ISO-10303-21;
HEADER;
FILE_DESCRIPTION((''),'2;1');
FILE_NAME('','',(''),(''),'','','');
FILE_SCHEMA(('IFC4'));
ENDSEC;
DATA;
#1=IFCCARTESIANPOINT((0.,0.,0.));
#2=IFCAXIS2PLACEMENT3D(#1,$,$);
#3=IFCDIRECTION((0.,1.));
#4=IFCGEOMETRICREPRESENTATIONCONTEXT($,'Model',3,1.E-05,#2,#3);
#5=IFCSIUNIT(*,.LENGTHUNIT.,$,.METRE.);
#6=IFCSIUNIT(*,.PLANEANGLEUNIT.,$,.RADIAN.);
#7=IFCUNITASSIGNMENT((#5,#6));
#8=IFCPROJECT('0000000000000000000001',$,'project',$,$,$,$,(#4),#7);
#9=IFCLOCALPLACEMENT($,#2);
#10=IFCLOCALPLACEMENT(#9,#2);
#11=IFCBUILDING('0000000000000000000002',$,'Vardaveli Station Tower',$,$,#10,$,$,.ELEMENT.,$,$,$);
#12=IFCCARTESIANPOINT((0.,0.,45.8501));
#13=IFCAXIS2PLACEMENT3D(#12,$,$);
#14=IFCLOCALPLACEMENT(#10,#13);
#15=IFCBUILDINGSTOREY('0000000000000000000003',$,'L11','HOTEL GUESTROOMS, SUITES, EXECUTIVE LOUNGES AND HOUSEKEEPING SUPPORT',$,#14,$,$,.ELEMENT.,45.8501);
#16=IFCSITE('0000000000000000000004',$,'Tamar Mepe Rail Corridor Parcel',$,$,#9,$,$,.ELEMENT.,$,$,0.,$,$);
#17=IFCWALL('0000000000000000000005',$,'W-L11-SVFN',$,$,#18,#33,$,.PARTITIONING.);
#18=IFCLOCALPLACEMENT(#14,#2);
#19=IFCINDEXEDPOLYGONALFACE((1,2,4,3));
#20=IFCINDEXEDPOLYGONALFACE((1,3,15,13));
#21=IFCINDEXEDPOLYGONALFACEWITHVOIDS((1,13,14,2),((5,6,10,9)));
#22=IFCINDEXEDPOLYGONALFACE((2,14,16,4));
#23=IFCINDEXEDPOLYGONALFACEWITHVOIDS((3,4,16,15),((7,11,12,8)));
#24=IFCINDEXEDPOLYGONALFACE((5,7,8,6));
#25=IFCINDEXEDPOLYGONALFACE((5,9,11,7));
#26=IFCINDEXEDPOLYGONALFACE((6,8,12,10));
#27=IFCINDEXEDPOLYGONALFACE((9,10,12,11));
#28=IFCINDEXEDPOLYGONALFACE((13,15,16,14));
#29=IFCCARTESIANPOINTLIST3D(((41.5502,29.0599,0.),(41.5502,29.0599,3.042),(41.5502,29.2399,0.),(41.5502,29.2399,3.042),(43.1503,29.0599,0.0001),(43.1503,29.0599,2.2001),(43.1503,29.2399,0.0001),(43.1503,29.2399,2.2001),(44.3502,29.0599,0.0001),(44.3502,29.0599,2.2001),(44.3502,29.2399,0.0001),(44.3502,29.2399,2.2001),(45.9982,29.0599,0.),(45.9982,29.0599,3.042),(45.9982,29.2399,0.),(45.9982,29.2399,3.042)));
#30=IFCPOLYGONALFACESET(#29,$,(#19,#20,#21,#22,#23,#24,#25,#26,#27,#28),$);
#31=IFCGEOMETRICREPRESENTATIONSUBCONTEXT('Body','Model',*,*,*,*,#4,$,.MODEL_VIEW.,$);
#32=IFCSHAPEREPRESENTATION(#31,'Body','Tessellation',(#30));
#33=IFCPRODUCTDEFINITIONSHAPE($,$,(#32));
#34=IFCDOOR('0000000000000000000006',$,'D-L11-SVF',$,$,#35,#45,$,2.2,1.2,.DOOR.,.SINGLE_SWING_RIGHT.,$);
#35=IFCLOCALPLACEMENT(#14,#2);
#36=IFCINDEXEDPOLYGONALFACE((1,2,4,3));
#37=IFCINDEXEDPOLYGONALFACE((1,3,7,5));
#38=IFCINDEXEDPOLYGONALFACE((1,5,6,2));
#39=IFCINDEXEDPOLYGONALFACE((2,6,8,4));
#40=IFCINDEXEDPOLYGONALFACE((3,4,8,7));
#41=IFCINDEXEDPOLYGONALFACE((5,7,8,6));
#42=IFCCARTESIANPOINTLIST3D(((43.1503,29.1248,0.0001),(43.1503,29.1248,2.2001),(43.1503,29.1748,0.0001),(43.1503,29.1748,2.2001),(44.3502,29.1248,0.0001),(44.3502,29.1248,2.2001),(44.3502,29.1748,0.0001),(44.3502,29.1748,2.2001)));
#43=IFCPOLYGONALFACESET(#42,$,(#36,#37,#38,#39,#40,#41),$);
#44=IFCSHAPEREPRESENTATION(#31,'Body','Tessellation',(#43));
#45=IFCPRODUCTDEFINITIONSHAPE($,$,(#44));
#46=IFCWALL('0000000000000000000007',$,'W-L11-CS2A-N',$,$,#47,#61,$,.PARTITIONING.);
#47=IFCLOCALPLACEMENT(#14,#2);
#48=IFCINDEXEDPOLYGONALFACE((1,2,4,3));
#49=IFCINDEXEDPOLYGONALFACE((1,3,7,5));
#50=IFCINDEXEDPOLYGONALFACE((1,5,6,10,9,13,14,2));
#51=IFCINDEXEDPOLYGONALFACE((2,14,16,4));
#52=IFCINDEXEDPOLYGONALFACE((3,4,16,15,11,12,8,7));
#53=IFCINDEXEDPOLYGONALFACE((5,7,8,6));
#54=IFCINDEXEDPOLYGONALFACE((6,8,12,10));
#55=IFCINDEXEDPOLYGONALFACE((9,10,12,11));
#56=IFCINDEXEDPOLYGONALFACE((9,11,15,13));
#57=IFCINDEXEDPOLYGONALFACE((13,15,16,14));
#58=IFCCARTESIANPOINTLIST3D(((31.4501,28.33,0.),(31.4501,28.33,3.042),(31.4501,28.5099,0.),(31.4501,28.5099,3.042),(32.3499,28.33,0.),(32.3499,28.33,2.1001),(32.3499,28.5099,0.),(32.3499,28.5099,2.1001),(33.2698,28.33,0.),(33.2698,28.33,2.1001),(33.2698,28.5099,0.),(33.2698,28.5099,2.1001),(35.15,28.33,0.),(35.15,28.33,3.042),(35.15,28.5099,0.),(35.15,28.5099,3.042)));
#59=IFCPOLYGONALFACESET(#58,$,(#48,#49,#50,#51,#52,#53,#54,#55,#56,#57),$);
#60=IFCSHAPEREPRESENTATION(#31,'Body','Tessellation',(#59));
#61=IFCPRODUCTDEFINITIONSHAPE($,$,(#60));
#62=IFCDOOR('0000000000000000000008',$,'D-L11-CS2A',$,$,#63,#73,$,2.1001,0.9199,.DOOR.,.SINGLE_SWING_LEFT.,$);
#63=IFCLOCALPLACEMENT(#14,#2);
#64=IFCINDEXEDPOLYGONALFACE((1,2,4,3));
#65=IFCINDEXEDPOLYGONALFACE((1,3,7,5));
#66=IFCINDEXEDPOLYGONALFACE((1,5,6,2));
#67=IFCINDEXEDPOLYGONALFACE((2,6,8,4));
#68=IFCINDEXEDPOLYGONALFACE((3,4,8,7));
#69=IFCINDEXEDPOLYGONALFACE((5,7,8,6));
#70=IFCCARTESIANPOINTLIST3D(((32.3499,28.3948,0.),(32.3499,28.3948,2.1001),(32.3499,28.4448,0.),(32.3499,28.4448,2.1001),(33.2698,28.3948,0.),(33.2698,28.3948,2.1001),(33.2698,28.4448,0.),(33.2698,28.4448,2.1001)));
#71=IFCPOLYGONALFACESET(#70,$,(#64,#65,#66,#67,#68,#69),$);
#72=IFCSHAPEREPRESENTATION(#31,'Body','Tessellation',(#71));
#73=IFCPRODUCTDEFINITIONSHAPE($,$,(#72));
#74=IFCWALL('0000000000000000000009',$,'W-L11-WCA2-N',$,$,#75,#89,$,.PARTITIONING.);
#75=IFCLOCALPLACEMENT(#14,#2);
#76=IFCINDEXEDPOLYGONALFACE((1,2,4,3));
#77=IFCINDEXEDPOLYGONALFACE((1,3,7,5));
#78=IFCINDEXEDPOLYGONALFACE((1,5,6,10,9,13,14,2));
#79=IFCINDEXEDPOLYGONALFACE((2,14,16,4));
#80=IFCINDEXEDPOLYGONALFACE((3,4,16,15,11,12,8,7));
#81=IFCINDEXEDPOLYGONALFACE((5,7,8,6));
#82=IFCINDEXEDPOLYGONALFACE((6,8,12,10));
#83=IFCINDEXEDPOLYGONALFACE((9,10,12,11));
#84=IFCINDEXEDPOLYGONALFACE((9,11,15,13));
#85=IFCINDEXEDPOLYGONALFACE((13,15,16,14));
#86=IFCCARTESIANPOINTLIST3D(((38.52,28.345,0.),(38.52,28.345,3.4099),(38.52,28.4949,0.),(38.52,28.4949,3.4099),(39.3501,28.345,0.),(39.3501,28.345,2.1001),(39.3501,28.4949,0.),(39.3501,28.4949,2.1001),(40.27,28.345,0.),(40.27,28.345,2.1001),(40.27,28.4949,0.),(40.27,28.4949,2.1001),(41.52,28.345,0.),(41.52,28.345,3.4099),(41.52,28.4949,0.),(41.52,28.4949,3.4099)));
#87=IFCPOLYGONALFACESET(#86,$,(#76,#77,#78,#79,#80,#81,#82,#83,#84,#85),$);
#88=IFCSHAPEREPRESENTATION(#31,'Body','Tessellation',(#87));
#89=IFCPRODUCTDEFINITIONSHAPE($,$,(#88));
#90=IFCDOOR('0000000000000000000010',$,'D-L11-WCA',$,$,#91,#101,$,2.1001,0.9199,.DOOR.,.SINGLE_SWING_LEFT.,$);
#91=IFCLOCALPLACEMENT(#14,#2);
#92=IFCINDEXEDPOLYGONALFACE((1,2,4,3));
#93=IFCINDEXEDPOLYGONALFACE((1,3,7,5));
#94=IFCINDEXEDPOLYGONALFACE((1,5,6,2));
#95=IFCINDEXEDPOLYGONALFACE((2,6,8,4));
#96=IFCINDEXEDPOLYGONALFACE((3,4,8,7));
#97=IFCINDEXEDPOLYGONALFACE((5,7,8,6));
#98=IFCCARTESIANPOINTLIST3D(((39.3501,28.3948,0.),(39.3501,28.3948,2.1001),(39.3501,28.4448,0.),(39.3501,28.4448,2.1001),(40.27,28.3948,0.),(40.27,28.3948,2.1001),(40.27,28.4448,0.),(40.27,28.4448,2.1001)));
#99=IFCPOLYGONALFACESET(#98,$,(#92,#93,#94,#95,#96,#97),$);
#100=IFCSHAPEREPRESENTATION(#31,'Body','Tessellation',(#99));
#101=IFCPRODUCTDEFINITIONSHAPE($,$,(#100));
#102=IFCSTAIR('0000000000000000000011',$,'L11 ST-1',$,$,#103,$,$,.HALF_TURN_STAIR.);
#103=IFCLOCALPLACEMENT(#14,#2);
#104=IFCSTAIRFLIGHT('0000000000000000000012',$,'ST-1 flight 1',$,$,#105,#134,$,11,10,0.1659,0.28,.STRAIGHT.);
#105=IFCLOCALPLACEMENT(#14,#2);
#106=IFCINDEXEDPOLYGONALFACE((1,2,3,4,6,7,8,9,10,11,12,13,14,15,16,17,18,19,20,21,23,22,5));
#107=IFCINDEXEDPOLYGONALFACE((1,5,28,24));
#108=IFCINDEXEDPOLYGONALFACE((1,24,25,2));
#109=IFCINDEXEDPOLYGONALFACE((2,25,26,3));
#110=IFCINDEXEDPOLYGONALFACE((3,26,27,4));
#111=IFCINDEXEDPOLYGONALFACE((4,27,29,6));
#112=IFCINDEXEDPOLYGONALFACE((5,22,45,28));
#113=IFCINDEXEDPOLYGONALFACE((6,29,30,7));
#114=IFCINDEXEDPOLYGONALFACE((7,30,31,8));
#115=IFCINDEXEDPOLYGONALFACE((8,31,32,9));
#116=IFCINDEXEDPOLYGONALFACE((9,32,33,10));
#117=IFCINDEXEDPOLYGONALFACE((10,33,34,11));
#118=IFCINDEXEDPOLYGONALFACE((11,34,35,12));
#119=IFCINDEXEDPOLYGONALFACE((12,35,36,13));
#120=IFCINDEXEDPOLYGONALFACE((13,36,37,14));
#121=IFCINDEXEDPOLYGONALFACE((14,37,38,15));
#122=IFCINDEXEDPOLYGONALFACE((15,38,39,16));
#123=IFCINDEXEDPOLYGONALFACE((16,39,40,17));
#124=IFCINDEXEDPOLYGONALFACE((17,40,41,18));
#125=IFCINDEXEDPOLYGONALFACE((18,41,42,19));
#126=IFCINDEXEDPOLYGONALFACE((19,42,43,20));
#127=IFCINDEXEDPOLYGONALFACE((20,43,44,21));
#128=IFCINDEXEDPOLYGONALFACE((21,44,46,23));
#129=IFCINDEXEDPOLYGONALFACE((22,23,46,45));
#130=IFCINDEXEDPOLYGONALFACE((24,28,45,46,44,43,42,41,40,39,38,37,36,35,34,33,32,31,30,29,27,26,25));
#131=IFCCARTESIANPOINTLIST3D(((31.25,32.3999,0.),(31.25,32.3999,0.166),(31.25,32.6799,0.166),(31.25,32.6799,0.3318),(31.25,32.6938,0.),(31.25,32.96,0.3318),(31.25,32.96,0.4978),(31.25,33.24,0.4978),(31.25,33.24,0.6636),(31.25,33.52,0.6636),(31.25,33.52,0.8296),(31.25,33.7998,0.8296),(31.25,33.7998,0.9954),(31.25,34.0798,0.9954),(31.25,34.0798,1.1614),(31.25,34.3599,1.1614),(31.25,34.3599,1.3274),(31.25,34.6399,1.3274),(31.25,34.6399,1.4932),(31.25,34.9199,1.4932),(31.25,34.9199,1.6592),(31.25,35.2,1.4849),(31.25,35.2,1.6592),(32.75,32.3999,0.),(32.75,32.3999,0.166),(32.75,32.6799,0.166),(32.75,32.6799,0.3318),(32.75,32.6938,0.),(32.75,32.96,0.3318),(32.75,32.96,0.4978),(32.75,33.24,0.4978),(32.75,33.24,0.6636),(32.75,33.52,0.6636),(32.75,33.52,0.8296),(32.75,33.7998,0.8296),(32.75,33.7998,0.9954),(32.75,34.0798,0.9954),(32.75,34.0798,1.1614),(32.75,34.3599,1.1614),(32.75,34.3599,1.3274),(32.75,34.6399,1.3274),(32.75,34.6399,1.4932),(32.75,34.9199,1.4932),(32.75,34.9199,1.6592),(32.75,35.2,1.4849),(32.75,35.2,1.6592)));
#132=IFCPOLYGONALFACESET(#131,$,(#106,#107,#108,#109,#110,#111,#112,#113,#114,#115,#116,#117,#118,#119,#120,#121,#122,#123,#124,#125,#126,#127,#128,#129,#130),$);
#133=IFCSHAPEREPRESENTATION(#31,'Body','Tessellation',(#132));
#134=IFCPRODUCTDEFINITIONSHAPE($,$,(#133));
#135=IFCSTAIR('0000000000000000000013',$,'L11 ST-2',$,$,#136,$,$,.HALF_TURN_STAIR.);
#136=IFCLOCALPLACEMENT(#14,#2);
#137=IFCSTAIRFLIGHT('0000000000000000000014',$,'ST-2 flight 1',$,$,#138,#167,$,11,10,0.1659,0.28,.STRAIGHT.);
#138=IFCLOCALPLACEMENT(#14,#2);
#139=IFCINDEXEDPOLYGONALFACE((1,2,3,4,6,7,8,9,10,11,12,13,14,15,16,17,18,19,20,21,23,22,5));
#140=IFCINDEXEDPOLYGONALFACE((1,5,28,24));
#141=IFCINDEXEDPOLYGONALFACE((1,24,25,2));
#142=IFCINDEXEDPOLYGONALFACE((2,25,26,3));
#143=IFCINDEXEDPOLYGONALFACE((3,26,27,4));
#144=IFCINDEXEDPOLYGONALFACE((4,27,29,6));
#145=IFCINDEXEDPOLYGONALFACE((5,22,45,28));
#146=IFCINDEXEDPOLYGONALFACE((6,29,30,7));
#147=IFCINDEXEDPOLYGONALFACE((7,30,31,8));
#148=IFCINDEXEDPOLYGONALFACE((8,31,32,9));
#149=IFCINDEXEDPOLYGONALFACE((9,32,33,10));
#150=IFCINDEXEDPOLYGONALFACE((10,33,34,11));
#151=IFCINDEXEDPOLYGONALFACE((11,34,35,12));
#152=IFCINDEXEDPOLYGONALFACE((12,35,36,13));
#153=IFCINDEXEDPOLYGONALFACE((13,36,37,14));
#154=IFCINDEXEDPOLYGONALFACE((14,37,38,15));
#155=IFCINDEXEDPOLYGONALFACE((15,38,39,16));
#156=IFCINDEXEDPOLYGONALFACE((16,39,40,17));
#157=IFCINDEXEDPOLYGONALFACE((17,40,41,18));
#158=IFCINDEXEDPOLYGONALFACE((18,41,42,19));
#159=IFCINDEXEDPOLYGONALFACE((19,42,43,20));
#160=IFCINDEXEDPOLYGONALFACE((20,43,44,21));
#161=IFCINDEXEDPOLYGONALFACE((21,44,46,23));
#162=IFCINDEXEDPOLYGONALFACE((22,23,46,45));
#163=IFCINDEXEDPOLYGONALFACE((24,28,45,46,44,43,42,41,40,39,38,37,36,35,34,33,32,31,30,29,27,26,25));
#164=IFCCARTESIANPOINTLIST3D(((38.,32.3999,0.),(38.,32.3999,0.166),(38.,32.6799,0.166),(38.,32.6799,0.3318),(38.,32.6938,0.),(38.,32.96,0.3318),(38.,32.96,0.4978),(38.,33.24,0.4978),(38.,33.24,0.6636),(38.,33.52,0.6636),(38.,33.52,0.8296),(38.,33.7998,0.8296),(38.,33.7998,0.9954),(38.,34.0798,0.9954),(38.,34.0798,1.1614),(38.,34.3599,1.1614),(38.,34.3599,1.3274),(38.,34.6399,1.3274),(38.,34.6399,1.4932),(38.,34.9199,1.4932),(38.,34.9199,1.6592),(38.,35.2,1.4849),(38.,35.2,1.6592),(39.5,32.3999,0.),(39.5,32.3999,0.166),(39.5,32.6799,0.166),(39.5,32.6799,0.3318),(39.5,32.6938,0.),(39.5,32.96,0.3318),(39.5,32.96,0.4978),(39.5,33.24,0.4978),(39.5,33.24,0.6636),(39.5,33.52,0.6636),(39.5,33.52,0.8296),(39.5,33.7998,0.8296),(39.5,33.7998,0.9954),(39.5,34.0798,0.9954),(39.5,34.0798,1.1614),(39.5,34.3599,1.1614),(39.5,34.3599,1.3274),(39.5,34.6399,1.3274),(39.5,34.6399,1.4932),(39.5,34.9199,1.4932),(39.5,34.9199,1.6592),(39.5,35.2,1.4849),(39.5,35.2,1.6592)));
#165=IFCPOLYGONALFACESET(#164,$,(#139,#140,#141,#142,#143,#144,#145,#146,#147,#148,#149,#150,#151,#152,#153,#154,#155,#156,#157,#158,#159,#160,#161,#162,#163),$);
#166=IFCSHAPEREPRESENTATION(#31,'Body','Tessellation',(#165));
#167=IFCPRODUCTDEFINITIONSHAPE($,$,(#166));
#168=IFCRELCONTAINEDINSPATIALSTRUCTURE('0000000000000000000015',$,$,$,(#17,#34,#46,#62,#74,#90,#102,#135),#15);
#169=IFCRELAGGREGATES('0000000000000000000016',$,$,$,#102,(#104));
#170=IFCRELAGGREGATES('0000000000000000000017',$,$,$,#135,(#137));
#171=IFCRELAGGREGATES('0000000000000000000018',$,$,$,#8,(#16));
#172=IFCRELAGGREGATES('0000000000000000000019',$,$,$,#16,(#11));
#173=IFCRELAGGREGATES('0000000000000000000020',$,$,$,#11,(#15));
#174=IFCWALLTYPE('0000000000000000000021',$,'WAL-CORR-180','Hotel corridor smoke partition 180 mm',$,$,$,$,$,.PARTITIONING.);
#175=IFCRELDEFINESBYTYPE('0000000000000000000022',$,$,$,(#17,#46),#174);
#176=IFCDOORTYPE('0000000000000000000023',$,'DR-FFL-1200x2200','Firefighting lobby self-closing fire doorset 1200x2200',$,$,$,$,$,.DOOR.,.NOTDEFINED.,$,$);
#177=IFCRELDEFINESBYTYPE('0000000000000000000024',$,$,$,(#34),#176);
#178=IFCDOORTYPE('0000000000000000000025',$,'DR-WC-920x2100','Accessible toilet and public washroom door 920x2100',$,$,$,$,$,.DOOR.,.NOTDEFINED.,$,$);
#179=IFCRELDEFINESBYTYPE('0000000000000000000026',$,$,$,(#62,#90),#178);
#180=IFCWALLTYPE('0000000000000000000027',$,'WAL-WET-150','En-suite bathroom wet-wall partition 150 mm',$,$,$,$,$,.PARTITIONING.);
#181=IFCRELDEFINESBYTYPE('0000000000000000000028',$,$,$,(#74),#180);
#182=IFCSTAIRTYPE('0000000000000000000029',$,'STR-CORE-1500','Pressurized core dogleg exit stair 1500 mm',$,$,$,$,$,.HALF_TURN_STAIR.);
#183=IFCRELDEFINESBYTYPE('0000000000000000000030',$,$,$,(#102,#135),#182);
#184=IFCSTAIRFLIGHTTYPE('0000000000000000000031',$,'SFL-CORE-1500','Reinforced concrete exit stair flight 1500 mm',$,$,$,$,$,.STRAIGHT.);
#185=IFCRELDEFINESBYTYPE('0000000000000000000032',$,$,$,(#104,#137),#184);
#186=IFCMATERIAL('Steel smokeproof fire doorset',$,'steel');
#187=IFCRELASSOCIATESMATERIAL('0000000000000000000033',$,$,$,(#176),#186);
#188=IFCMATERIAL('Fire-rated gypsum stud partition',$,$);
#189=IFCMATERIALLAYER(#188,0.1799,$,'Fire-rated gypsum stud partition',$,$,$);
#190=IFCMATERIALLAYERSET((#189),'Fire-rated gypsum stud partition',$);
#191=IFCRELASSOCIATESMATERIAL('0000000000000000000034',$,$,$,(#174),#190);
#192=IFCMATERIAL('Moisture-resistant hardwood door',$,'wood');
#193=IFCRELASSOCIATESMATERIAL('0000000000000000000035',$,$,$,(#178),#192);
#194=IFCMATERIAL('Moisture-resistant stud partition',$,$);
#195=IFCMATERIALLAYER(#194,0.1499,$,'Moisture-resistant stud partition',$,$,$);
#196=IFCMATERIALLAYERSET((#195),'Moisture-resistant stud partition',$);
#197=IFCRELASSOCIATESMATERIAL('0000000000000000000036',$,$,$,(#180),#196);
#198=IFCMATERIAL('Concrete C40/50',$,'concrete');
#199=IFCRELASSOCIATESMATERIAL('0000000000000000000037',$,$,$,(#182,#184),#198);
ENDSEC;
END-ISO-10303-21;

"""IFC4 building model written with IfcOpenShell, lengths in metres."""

from ifc_helpers import new_model, si_unit, direction, frame, frame_2d, origin, place, context, subcontext, project, spatial, polyline, rectangle, outline, extrude, source, transform, mapped, material, layer, layer_set, type_object, element, fill, aggregate, save


model = new_model("IFC4")

# Units and contexts
model_context = context("Model", 3, precision=1e-05, world=origin(), true_north=direction((0.0, 1.0)))
body_context = subcontext(model_context, "Body", "Model", "MODEL_VIEW")
ifc_project = project(units=[si_unit("LENGTHUNIT", "METRE"), si_unit("PLANEANGLEUNIT", "RADIAN")], contexts=[model_context])

# Site, building, storey
site_placement = place(None, origin())
site = spatial("IfcSite", under=ifc_project, at=site_placement, Name="Tamar Mepe Rail Corridor Parcel", CompositionType="ELEMENT", RefElevation=0.0)
building_placement = place(site_placement, origin())
building = spatial("IfcBuilding", under=site, at=building_placement, Name="Vardaveli Station Tower", CompositionType="ELEMENT")
storey_placement = place(building_placement, frame((0.0, 0.0, 45.8501)))
storey = spatial("IfcBuildingStorey", under=building, at=storey_placement, Name="L11", Description="HOTEL GUESTROOMS, SUITES, EXECUTIVE LOUNGES AND HOUSEKEEPING SUPPORT", CompositionType="ELEMENT", Elevation=45.8501)

# Shared definitions
ifc_material_1 = material(Name="Concrete C40/50", Category="concrete")

# Walls, openings, doors
ifc_material_2 = material(Name="Steel smokeproof fire doorset", Category="steel")
door_type_1 = type_object("IfcDoorType", Name="DR-FFL-1200x2200", Description="Firefighting lobby self-closing fire doorset 1200x2200", OperationType="NOTDEFINED", PredefinedType="DOOR", material=ifc_material_2)
shared_shape_1 = source(origin(), body_context, "Body", "SweptSolid", [
    extrude(rectangle(XDim=1.2, YDim=2.2, at=frame_2d((0.6001, 1.1001))), frame((0.0, 0.0249, 0.0), z_axis=(0.0, -1.0, 0.0), x_axis=(1.0, 0.0, 0.0)), (0.0, 0.0, 1.0), 0.05),
])
ifc_material_3 = material(Name="Fire-rated gypsum stud partition")
ifc_layer_1 = layer(ifc_material_3, 0.1799, Name="Fire-rated gypsum stud partition")
ifc_layer_set_1 = layer_set([ifc_layer_1], Name="Fire-rated gypsum stud partition")
wall_type_1 = type_object("IfcWallType", Name="WAL-CORR-180", Description="Hotel corridor smoke partition 180 mm", PredefinedType="PARTITIONING", material=ifc_layer_set_1)
shared_shape_2 = source(origin(), body_context, "Body", "SweptSolid", [
    extrude(rectangle(XDim=4.448, YDim=0.1799, at=frame_2d((2.2241, 0.0))), origin(), (0.0, 0.0, 1.0), 3.042),
])
wall_1_placement = place(storey_placement, frame((41.55, 29.1499, 0.0), z_axis=(0.0, 0.0, 1.0), x_axis=(1.0, 0.0, 0.0)))
wall_1 = element("IfcWall", 1, at=wall_1_placement, inside=storey, type_object=wall_type_1, Name="W-L11-SVFN", PredefinedType="PARTITIONING", context=body_context, shape_type="MappedRepresentation", body=[
    mapped(shared_shape_2, transform((0.0, 0.0, 0.0), scale=1.0)),
])
shared_shape_3 = source(origin(), body_context, "Body", "SweptSolid", [
    extrude(rectangle(XDim=1.2, YDim=2.2, at=frame_2d((0.6001, 1.1001))), frame((0.0, 0.1001, 0.0), z_axis=(0.0, -1.0, 0.0), x_axis=(1.0, 0.0, 0.0)), (0.0, 0.0, 1.0), 0.2),
])
opening_1_placement = place(wall_1_placement, frame((1.6001, 0.0, 0.0)))
opening_1 = element("IfcOpeningElement", 2, at=opening_1_placement, cuts=wall_1, PredefinedType="OPENING", context=body_context, shape_type="MappedRepresentation", body=[
    mapped(shared_shape_3, transform((0.0, 0.0, 0.0), scale=1.0)),
])
door_1_placement = place(opening_1_placement, origin())
door_1 = element("IfcDoor", 3, at=door_1_placement, inside=storey, type_object=door_type_1, Name="D-L11-SVF", OperationType="SINGLE_SWING_RIGHT", OverallHeight=2.2, OverallWidth=1.2, PredefinedType="DOOR", context=body_context, shape_type="MappedRepresentation", body=[
    mapped(shared_shape_1, transform((0.0, 0.0, 0.0), scale=1.0)),
])
fill(opening_1, door_1)
shared_shape_4 = source(origin(), body_context, "Body", "SweptSolid", [
    extrude(rectangle(XDim=3.7, YDim=0.1799, at=frame_2d((1.8501, 0.0))), origin(), (0.0, 0.0, 1.0), 3.042),
])
wall_2_placement = place(storey_placement, frame((31.45, 28.4199, 0.0), z_axis=(0.0, 0.0, 1.0), x_axis=(1.0, 0.0, 0.0)))
wall_2 = element("IfcWall", 4, at=wall_2_placement, inside=storey, type_object=wall_type_1, Name="W-L11-CS2A-N", PredefinedType="PARTITIONING", context=body_context, shape_type="MappedRepresentation", body=[
    mapped(shared_shape_4, transform((0.0, 0.0, 0.0), scale=1.0)),
])
shared_shape_5 = source(origin(), body_context, "Body", "SweptSolid", [
    extrude(rectangle(XDim=0.9199, YDim=2.1001, at=frame_2d((0.46, 1.05))), frame((0.0, 0.1001, 0.0), z_axis=(0.0, -1.0, 0.0), x_axis=(1.0, 0.0, 0.0)), (0.0, 0.0, 1.0), 0.2),
])
opening_2_placement = place(wall_2_placement, frame((0.8999, 0.0, 0.0)))
opening_2 = element("IfcOpeningElement", 5, at=opening_2_placement, cuts=wall_2, PredefinedType="OPENING", context=body_context, shape_type="MappedRepresentation", body=[
    mapped(shared_shape_5, transform((0.0, 0.0, 0.0), scale=1.0)),
])
ifc_material_4 = material(Name="Moisture-resistant hardwood door", Category="wood")
door_type_2 = type_object("IfcDoorType", Name="DR-WC-920x2100", Description="Accessible toilet and public washroom door 920x2100", OperationType="NOTDEFINED", PredefinedType="DOOR", material=ifc_material_4)
shared_shape_6 = source(origin(), body_context, "Body", "SweptSolid", [
    extrude(rectangle(XDim=0.9199, YDim=2.1001, at=frame_2d((0.46, 1.05))), frame((0.0, 0.0249, 0.0), z_axis=(0.0, -1.0, 0.0), x_axis=(1.0, 0.0, 0.0)), (0.0, 0.0, 1.0), 0.05),
])
door_2_placement = place(opening_2_placement, origin())
door_2 = element("IfcDoor", 6, at=door_2_placement, inside=storey, type_object=door_type_2, Name="D-L11-CS2A", OperationType="SINGLE_SWING_LEFT", OverallHeight=2.1001, OverallWidth=0.9199, PredefinedType="DOOR", context=body_context, shape_type="MappedRepresentation", body=[
    mapped(shared_shape_6, transform((0.0, 0.0, 0.0), scale=1.0)),
])
fill(opening_2, door_2)
ifc_material_5 = material(Name="Moisture-resistant stud partition")
ifc_layer_2 = layer(ifc_material_5, 0.1499, Name="Moisture-resistant stud partition")
ifc_layer_set_2 = layer_set([ifc_layer_2], Name="Moisture-resistant stud partition")
wall_type_2 = type_object("IfcWallType", Name="WAL-WET-150", Description="En-suite bathroom wet-wall partition 150 mm", PredefinedType="PARTITIONING", material=ifc_layer_set_2)
shared_shape_7 = source(origin(), body_context, "Body", "SweptSolid", [
    extrude(rectangle(XDim=3.0, YDim=0.1499, at=frame_2d((1.5, 0.0))), origin(), (0.0, 0.0, 1.0), 3.4099),
])
wall_3_placement = place(storey_placement, frame((38.52, 28.4199, 0.0), z_axis=(0.0, 0.0, 1.0), x_axis=(1.0, 0.0, 0.0)))
wall_3 = element("IfcWall", 7, at=wall_3_placement, inside=storey, type_object=wall_type_2, Name="W-L11-WCA2-N", PredefinedType="PARTITIONING", context=body_context, shape_type="MappedRepresentation", body=[
    mapped(shared_shape_7, transform((0.0, 0.0, 0.0), scale=1.0)),
])
shared_shape_8 = source(origin(), body_context, "Body", "SweptSolid", [
    extrude(rectangle(XDim=0.9199, YDim=2.1001, at=frame_2d((0.46, 1.05))), frame((0.0, 0.085, 0.0), z_axis=(0.0, -1.0, 0.0), x_axis=(1.0, 0.0, 0.0)), (0.0, 0.0, 1.0), 0.1699),
])
opening_3_placement = place(wall_3_placement, frame((0.8301, 0.0, 0.0)))
opening_3 = element("IfcOpeningElement", 8, at=opening_3_placement, cuts=wall_3, PredefinedType="OPENING", context=body_context, shape_type="MappedRepresentation", body=[
    mapped(shared_shape_8, transform((0.0, 0.0, 0.0), scale=1.0)),
])
door_3_placement = place(opening_3_placement, origin())
door_3 = element("IfcDoor", 9, at=door_3_placement, inside=storey, type_object=door_type_2, Name="D-L11-WCA", OperationType="SINGLE_SWING_LEFT", OverallHeight=2.1001, OverallWidth=0.9199, PredefinedType="DOOR", context=body_context, shape_type="MappedRepresentation", body=[
    mapped(shared_shape_6, transform((0.0, 0.0, 0.0), scale=1.0)),
])
fill(opening_3, door_3)

# Stairs, stair flights
stair_type = type_object("IfcStairType", Name="STR-CORE-1500", Description="Pressurized core dogleg exit stair 1500 mm", PredefinedType="HALF_TURN_STAIR", material=ifc_material_1)
stair_1_placement = place(storey_placement, origin())
stair_1 = element("IfcStair", 10, at=stair_1_placement, inside=storey, type_object=stair_type, Name="L11 ST-1", PredefinedType="HALF_TURN_STAIR")
stair_flight_type = type_object("IfcStairFlightType", Name="SFL-CORE-1500", Description="Reinforced concrete exit stair flight 1500 mm", PredefinedType="STRAIGHT", material=ifc_material_1)
shared_shape_9 = source(origin(), body_context, "Body", "SweptSolid", [
    extrude(outline(polyline([(0.0, 0.0), (0.0, 0.166), (0.28, 0.166), (0.28, 0.3318), (0.5601, 0.3318), (0.5601, 0.4978), (0.8401, 0.4978), (0.8401, 0.6636), (1.1201, 0.6636), (1.1201, 0.8296), (1.3999, 0.8296), (1.3999, 0.9954), (1.6799, 0.9954), (1.6799, 1.1614), (1.96, 1.1614), (1.96, 1.3274), (2.24, 1.3274), (2.24, 1.4932), (2.52, 1.4932), (2.52, 1.6592), (2.8, 1.6592), (2.8, 1.825), (2.8, 1.4849), (0.2939, 0.0), (0.0, 0.0)])), frame((0.0, 0.75, 0.0), z_axis=(0.0, -1.0, 0.0), x_axis=(1.0, 0.0, 0.0)), (0.0, 0.0, 1.0), 1.5),
])
stair_flight_1_placement = place(storey_placement, frame((32.0, 32.3999, 0.0), z_axis=(0.0, 0.0, 1.0), x_axis=(0.0, 1.0, 0.0)))
stair_flight_1 = element("IfcStairFlight", 11, at=stair_flight_1_placement, type_object=stair_flight_type, Name="ST-1 flight 1", NumberOfRisers=11, NumberOfTreads=10, PredefinedType="STRAIGHT", RiserHeight=0.1659, TreadLength=0.28, context=body_context, shape_type="MappedRepresentation", body=[
    mapped(shared_shape_9, transform((0.0, 0.0, 0.0), scale=1.0)),
])
aggregate(stair_1, [stair_flight_1])
stair_2_placement = place(storey_placement, origin())
stair_2 = element("IfcStair", 12, at=stair_2_placement, inside=storey, type_object=stair_type, Name="L11 ST-2", PredefinedType="HALF_TURN_STAIR")
stair_flight_2_placement = place(storey_placement, frame((38.75, 32.3999, 0.0), z_axis=(0.0, 0.0, 1.0), x_axis=(0.0, 1.0, 0.0)))
stair_flight_2 = element("IfcStairFlight", 13, at=stair_flight_2_placement, type_object=stair_flight_type, Name="ST-2 flight 1", NumberOfRisers=11, NumberOfTreads=10, PredefinedType="STRAIGHT", RiserHeight=0.1659, TreadLength=0.28, context=body_context, shape_type="MappedRepresentation", body=[
    mapped(shared_shape_9, transform((0.0, 0.0, 0.0), scale=1.0)),
])
aggregate(stair_2, [stair_flight_2])

save(model, "model.ifc")
